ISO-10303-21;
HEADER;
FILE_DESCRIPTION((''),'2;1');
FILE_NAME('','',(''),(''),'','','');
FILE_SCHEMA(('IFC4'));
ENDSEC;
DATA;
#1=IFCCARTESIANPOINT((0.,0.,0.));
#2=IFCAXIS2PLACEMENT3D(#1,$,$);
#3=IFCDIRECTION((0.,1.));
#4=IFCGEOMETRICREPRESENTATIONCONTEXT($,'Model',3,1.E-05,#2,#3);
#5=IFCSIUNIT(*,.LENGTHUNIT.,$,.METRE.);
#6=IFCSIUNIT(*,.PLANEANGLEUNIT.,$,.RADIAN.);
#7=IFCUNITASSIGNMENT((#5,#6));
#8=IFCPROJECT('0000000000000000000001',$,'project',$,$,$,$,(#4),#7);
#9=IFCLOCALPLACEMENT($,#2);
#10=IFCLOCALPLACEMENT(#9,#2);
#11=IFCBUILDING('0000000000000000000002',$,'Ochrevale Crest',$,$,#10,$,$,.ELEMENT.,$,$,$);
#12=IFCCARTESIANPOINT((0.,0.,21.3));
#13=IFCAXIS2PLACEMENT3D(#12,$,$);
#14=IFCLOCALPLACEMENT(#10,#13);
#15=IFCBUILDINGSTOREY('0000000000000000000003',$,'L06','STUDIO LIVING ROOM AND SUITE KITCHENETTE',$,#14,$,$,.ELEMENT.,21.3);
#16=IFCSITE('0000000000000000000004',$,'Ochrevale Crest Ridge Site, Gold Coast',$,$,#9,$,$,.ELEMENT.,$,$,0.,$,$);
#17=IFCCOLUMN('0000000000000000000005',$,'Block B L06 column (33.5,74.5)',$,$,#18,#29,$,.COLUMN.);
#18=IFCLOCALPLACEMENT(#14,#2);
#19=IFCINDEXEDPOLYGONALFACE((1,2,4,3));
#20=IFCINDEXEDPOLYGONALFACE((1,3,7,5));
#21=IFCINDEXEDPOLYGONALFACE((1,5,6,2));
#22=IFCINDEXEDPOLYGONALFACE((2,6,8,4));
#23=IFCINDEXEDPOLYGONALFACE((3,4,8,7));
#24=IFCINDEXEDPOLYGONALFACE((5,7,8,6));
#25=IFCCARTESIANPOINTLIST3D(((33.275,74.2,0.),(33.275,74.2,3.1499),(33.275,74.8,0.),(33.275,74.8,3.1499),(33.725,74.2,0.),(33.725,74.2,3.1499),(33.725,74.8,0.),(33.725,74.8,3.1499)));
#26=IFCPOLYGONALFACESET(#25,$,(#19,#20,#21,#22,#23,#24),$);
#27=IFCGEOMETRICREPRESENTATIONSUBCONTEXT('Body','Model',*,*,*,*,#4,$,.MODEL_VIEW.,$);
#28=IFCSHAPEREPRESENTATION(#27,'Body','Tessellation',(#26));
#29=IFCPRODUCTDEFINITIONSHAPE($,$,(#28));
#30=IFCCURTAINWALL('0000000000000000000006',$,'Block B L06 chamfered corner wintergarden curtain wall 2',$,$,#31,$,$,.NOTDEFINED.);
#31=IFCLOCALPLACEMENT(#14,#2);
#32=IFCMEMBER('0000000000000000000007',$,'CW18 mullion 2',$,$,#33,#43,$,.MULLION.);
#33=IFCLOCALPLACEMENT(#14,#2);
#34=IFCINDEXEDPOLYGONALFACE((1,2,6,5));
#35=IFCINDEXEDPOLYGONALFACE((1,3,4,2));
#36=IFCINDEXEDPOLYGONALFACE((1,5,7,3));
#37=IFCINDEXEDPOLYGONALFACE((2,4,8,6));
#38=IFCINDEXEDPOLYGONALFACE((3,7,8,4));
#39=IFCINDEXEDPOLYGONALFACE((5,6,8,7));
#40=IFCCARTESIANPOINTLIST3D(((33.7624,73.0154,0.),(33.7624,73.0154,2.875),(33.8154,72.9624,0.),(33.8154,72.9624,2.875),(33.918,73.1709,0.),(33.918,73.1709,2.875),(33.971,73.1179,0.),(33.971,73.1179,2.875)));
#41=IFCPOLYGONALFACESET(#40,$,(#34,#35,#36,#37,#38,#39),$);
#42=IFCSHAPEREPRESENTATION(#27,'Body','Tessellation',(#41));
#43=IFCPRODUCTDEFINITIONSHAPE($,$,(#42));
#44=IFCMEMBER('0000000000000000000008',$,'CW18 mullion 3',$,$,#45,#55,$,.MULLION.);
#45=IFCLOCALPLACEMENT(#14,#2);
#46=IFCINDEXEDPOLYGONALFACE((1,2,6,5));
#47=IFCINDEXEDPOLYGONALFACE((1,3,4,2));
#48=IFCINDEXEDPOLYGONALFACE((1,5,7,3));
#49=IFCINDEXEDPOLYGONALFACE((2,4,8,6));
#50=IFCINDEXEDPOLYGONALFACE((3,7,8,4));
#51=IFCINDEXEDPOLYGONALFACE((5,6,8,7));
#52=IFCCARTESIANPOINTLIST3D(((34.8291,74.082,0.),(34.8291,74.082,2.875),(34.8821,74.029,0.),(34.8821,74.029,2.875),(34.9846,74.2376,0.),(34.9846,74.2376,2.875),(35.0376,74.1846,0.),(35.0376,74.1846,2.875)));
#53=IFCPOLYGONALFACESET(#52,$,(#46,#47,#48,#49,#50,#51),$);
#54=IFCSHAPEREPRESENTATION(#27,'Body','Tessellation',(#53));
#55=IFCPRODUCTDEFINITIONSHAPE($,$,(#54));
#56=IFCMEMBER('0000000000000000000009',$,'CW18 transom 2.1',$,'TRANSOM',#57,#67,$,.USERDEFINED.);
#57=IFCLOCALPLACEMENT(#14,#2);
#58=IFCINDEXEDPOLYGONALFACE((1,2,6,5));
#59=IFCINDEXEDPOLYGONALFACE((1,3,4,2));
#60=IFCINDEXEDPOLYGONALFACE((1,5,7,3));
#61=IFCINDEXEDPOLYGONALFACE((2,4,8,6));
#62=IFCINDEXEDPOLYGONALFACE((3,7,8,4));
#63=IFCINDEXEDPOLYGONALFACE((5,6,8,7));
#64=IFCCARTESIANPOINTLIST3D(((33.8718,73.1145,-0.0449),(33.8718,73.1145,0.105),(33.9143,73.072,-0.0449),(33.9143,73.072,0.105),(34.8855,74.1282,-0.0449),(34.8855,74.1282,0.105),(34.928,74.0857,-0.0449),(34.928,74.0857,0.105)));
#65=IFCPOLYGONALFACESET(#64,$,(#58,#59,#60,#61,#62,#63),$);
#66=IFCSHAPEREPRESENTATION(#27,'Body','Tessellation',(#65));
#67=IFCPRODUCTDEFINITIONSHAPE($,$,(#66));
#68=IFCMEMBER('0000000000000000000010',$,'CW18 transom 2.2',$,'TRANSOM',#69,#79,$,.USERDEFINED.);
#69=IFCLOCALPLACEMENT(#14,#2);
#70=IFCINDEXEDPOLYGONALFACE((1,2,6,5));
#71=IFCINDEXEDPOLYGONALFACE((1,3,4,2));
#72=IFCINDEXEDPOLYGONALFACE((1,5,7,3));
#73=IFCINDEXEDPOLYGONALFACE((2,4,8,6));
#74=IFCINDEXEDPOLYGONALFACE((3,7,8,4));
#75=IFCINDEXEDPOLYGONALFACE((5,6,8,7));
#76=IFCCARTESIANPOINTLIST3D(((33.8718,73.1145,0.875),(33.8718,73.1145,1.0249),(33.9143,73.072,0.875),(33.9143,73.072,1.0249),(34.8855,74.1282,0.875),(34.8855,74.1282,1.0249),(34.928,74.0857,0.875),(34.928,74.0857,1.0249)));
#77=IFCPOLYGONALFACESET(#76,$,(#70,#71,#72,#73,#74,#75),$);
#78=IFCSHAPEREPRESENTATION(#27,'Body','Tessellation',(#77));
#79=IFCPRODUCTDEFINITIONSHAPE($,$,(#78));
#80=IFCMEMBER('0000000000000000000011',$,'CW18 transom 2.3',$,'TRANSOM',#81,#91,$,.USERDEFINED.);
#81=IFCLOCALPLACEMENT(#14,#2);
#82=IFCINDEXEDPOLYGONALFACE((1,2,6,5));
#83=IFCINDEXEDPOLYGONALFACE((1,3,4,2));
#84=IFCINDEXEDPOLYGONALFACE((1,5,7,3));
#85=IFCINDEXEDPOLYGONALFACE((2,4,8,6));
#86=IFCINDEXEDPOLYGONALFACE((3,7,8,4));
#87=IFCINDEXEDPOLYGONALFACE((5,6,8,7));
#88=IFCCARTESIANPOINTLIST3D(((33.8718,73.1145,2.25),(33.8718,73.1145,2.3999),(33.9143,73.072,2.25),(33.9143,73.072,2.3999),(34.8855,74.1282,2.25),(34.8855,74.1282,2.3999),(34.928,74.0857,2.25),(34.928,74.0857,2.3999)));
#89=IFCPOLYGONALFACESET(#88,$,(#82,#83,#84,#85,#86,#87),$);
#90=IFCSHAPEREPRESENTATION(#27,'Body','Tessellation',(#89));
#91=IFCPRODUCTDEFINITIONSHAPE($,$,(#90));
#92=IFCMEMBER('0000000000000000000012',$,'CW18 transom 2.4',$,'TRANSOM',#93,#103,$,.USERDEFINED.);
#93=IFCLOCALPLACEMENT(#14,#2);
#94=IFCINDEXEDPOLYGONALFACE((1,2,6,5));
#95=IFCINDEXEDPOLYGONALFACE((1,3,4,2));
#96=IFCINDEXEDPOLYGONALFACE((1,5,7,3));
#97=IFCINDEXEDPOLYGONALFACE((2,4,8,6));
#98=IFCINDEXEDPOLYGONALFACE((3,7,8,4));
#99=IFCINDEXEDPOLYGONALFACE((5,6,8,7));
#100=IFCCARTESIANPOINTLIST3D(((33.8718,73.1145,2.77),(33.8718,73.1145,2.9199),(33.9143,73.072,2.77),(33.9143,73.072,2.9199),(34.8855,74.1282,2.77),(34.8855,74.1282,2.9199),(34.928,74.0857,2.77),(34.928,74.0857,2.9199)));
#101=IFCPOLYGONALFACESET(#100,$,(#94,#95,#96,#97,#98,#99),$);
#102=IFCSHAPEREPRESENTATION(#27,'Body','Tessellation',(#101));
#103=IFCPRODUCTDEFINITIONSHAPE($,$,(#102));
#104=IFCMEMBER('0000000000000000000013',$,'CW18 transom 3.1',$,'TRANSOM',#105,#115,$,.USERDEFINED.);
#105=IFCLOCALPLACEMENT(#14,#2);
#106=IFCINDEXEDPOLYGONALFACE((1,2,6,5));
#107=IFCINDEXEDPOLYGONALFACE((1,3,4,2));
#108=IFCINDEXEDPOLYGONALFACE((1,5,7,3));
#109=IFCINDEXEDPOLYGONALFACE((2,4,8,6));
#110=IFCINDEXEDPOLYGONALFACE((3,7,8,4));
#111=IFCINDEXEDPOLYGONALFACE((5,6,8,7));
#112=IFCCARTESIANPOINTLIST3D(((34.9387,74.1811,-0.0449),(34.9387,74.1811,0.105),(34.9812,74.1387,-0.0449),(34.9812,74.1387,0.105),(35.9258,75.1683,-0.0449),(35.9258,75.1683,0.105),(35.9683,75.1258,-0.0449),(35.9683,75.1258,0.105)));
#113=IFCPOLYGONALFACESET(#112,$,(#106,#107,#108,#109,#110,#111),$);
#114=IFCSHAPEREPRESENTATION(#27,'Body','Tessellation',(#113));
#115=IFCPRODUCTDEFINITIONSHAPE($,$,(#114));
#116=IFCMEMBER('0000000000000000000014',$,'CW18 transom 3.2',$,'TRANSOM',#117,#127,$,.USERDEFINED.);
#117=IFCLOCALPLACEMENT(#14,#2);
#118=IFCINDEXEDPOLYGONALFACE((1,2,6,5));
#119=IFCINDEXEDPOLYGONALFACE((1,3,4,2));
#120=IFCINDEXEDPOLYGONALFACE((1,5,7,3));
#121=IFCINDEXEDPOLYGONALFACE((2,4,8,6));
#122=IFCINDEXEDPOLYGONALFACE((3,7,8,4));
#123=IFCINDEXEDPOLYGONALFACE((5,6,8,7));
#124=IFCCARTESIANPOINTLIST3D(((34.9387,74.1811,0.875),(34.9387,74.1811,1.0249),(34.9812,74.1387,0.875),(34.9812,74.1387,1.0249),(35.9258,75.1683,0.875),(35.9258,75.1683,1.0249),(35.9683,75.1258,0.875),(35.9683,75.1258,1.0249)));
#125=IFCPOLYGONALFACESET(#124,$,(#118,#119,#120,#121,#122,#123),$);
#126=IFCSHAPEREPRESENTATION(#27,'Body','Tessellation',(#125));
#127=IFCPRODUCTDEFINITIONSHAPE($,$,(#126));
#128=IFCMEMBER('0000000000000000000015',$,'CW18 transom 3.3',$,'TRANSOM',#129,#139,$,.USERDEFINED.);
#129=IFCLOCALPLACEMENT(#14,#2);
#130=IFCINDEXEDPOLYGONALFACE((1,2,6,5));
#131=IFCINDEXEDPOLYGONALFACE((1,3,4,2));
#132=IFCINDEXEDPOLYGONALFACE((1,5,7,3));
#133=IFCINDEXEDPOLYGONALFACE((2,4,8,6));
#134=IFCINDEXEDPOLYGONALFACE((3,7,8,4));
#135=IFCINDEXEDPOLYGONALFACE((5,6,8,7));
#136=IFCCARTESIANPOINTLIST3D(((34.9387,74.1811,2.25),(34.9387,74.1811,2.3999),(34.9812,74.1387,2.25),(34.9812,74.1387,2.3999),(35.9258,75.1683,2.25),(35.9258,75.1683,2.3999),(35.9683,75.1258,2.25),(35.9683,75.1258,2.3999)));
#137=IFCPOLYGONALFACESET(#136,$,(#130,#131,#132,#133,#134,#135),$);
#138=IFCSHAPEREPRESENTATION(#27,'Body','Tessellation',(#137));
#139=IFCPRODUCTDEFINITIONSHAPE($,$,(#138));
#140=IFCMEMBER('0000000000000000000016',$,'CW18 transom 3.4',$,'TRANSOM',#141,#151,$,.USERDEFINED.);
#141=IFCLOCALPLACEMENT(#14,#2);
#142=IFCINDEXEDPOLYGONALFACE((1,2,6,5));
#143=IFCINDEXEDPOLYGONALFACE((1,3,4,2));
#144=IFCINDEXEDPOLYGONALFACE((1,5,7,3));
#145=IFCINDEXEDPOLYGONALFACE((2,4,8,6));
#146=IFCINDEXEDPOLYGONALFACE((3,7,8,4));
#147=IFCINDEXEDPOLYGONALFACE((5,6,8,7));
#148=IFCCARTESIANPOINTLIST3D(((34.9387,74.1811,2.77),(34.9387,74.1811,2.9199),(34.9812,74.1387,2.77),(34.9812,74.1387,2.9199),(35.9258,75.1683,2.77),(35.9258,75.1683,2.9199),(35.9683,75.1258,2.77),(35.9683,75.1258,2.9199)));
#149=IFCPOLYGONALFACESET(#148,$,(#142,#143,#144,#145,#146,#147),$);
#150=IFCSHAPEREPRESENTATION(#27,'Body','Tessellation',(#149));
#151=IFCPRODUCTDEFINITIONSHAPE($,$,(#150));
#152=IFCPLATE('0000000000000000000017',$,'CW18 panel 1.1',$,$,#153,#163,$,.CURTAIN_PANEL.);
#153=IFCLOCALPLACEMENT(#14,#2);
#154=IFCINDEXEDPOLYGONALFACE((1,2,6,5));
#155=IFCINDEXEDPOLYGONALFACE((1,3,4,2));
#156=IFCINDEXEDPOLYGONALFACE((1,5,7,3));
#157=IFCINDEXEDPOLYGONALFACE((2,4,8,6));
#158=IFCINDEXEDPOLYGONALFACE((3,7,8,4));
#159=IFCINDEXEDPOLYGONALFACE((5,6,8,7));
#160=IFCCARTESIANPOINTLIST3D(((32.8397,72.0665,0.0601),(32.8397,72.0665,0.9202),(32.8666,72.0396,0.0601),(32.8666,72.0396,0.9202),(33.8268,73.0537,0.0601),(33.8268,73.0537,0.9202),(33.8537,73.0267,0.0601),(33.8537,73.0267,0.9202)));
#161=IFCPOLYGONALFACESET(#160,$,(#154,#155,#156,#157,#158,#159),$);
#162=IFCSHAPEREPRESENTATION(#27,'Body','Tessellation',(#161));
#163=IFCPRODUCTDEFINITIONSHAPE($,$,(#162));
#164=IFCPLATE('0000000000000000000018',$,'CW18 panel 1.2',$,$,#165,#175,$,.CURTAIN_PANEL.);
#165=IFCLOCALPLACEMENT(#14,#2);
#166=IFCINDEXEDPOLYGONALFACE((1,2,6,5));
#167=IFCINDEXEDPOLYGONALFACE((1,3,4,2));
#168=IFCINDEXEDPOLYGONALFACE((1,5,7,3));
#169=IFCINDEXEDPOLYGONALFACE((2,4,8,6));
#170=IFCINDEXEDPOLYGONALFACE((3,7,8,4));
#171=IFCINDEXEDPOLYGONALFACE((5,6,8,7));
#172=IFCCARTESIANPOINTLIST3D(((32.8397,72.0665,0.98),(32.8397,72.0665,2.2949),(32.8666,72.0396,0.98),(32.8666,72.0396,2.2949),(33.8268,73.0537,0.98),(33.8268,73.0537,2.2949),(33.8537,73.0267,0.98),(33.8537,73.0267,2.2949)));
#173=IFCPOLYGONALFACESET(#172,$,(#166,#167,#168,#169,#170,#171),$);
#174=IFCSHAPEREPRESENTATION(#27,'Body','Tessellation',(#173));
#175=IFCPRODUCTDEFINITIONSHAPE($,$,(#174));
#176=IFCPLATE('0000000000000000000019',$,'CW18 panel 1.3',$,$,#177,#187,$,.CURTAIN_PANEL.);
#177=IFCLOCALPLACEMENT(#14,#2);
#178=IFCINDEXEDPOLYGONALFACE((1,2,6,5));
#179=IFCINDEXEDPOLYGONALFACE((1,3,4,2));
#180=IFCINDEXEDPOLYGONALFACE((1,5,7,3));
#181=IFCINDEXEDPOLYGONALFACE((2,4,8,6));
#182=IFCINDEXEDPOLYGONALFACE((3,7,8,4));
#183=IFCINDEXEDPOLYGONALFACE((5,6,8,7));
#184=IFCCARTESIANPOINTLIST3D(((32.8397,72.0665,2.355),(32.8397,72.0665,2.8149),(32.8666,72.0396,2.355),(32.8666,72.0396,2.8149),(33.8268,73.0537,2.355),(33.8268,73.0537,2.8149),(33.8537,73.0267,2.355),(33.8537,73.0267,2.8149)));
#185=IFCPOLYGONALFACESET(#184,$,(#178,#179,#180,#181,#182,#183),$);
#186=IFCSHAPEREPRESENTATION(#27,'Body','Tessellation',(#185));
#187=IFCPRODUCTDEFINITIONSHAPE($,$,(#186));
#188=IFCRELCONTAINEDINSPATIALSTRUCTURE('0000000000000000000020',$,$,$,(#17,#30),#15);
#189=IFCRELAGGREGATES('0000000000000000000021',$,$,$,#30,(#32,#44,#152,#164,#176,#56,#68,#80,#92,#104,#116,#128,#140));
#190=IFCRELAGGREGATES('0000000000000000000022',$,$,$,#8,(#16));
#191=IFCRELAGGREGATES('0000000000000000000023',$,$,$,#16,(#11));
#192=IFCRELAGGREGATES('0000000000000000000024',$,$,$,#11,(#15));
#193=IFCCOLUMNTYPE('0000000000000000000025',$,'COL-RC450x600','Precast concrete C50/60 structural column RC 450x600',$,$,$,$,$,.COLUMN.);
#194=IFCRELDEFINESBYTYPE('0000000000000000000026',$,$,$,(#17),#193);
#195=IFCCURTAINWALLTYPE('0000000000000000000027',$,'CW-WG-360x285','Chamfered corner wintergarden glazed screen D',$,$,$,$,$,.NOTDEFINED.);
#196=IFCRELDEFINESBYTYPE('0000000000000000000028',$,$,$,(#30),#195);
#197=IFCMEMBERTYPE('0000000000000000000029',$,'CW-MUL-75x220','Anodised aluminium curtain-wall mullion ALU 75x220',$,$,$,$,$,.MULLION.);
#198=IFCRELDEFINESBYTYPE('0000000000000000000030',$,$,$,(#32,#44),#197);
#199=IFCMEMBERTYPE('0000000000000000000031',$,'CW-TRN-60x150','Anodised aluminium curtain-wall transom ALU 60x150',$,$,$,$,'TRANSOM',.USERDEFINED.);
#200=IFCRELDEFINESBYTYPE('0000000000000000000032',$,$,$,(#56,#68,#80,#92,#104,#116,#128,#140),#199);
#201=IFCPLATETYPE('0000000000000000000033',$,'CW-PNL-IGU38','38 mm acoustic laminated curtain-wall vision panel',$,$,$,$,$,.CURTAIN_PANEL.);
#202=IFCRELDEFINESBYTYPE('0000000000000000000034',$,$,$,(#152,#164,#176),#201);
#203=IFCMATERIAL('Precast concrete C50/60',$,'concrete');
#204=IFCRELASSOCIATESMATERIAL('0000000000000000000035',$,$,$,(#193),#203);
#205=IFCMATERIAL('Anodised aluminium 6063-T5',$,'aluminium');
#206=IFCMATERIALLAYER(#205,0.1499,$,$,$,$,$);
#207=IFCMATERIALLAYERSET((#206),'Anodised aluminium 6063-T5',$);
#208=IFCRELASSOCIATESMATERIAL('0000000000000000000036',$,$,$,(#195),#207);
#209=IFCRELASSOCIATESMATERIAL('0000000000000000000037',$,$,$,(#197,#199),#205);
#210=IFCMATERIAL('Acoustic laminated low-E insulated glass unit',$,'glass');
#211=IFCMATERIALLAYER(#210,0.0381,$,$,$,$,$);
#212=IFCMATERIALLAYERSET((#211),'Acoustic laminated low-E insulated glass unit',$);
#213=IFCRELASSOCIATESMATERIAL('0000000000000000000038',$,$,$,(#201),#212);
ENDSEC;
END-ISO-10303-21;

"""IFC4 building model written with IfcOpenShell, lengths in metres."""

from ifc_helpers import new_model, si_unit, direction, frame, origin, origin_2d, place, context, subcontext, project, spatial, rectangle, extrude, material, layer, layer_set, material_profile, profile_set, type_object, element, aggregate, save


model = new_model("IFC4")

# Units and contexts
model_context = context("Model", 3, precision=1e-05, world=origin(), true_north=direction((0.0, 1.0)))
body_context = subcontext(model_context, "Body", "Model", "MODEL_VIEW")
ifc_project = project(units=[si_unit("LENGTHUNIT", "METRE"), si_unit("PLANEANGLEUNIT", "RADIAN")], contexts=[model_context])

# Site, building, storey
site_placement = place(None, origin())
site = spatial("IfcSite", under=ifc_project, at=site_placement, Name="Ochrevale Crest Ridge Site, Gold Coast", CompositionType="ELEMENT", RefElevation=0.0)
building_placement = place(site_placement, origin())
building = spatial("IfcBuilding", under=site, at=building_placement, Name="Ochrevale Crest", CompositionType="ELEMENT")
storey_placement = place(building_placement, frame((0.0, 0.0, 21.3)))
storey = spatial("IfcBuildingStorey", under=building, at=storey_placement, Name="L06", Description="STUDIO LIVING ROOM AND SUITE KITCHENETTE", CompositionType="ELEMENT", Elevation=21.3)

# Column
ifc_material_1 = material(Name="Precast concrete C50/60", Category="concrete")
ifc_material_profile_1 = material_profile(ifc_material_1, rectangle(XDim=0.45, YDim=0.6001, at=origin_2d()), Name="RC 450x600")
ifc_profile_set_1 = profile_set([ifc_material_profile_1], Name="Precast concrete C50/60")
column_type = type_object("IfcColumnType", Name="COL-RC450x600", Description="Precast concrete C50/60 structural column RC 450x600", PredefinedType="COLUMN", material=ifc_profile_set_1)
column_placement = place(storey_placement, frame((33.5, 74.5, 0.0), z_axis=(0.0, 0.0, 1.0), x_axis=(1.0, 0.0, 0.0)))
element("IfcColumn", 1, at=column_placement, inside=storey, type_object=column_type, Name="Block B L06 column (33.5,74.5)", PredefinedType="COLUMN", context=body_context, shape_type="SweptSolid", body=[
    extrude(rectangle(XDim=0.45, YDim=0.6001, at=origin_2d()), origin(), (0.0, 0.0, 1.0), 3.1499),
])

# Curtain wall, members, plates
ifc_material_2 = material(Name="Anodised aluminium 6063-T5", Category="aluminium")
ifc_layer_1 = layer(ifc_material_2, 0.1499)
ifc_layer_set_1 = layer_set([ifc_layer_1], Name="Anodised aluminium 6063-T5")
curtain_wall_type = type_object("IfcCurtainWallType", Name="CW-WG-360x285", Description="Chamfered corner wintergarden glazed screen D", PredefinedType="NOTDEFINED", material=ifc_layer_set_1)
curtain_wall_placement = place(storey_placement, origin())
curtain_wall = element("IfcCurtainWall", 2, at=curtain_wall_placement, inside=storey, type_object=curtain_wall_type, Name="Block B L06 chamfered corner wintergarden curtain wall 2", PredefinedType="NOTDEFINED")
ifc_material_profile_2 = material_profile(ifc_material_2, rectangle(XDim=0.075, YDim=0.22, at=origin_2d()), Name="ALU 75x220")
ifc_profile_set_2 = profile_set([ifc_material_profile_2], Name="Anodised aluminium 6063-T5")
member_type_1 = type_object("IfcMemberType", Name="CW-MUL-75x220", Description="Anodised aluminium curtain-wall mullion ALU 75x220", PredefinedType="MULLION", material=ifc_profile_set_2)
member_1_placement = place(storey_placement, frame((33.8667, 73.0667, 0.0), z_axis=(0.0, 0.0, 1.0), x_axis=(-0.707107, 0.707107, 0.0)))
member_1 = element("IfcMember", 3, at=member_1_placement, type_object=member_type_1, Name="CW18 mullion 2", PredefinedType="MULLION", context=body_context, shape_type="SweptSolid", body=[
    extrude(rectangle(XDim=0.075, YDim=0.22, at=origin_2d()), origin(), (0.0, 0.0, 1.0), 2.875),
])
member_2_placement = place(storey_placement, frame((34.9333, 74.1333, 0.0), z_axis=(0.0, 0.0, 1.0), x_axis=(-0.707107, 0.707107, 0.0)))
member_2 = element("IfcMember", 4, at=member_2_placement, type_object=member_type_1, Name="CW18 mullion 3", PredefinedType="MULLION", context=body_context, shape_type="SweptSolid", body=[
    extrude(rectangle(XDim=0.075, YDim=0.22, at=origin_2d()), origin(), (0.0, 0.0, 1.0), 2.875),
])
ifc_material_profile_3 = material_profile(ifc_material_2, rectangle(XDim=0.0601, YDim=0.1499, at=origin_2d()), Name="ALU 60x150")
ifc_profile_set_3 = profile_set([ifc_material_profile_3], Name="Anodised aluminium 6063-T5")
member_type_2 = type_object("IfcMemberType", Name="CW-TRN-60x150", Description="Anodised aluminium curtain-wall transom ALU 60x150", ElementType="TRANSOM", PredefinedType="USERDEFINED", material=ifc_profile_set_3)
member_3_placement = place(storey_placement, frame((33.8931, 73.0933, 0.03), z_axis=(0.707107, 0.707107, 0.0), x_axis=(-0.707107, 0.707107, 0.0)))
member_3 = element("IfcMember", 5, at=member_3_placement, type_object=member_type_2, Name="CW18 transom 2.1", ObjectType="TRANSOM", PredefinedType="USERDEFINED", context=body_context, shape_type="SweptSolid", body=[
    extrude(rectangle(XDim=0.0601, YDim=0.1499, at=origin_2d()), origin(), (0.0, 0.0, 1.0), 1.4336),
])
member_4_placement = place(storey_placement, frame((33.8931, 73.0933, 0.95), z_axis=(0.707107, 0.707107, 0.0), x_axis=(-0.707107, 0.707107, 0.0)))
member_4 = element("IfcMember", 6, at=member_4_placement, type_object=member_type_2, Name="CW18 transom 2.2", ObjectType="TRANSOM", PredefinedType="USERDEFINED", context=body_context, shape_type="SweptSolid", body=[
    extrude(rectangle(XDim=0.0601, YDim=0.1499, at=origin_2d()), origin(), (0.0, 0.0, 1.0), 1.4336),
])
member_5_placement = place(storey_placement, frame((33.8931, 73.0933, 2.325), z_axis=(0.707107, 0.707107, 0.0), x_axis=(-0.707107, 0.707107, 0.0)))
member_5 = element("IfcMember", 7, at=member_5_placement, type_object=member_type_2, Name="CW18 transom 2.3", ObjectType="TRANSOM", PredefinedType="USERDEFINED", context=body_context, shape_type="SweptSolid", body=[
    extrude(rectangle(XDim=0.0601, YDim=0.1499, at=origin_2d()), origin(), (0.0, 0.0, 1.0), 1.4336),
])
member_6_placement = place(storey_placement, frame((33.8931, 73.0933, 2.845), z_axis=(0.707107, 0.707107, 0.0), x_axis=(-0.707107, 0.707107, 0.0)))
member_6 = element("IfcMember", 8, at=member_6_placement, type_object=member_type_2, Name="CW18 transom 2.4", ObjectType="TRANSOM", PredefinedType="USERDEFINED", context=body_context, shape_type="SweptSolid", body=[
    extrude(rectangle(XDim=0.0601, YDim=0.1499, at=origin_2d()), origin(), (0.0, 0.0, 1.0), 1.4336),
])
member_7_placement = place(storey_placement, frame((34.96, 74.1599, 0.03), z_axis=(0.707107, 0.707107, 0.0), x_axis=(-0.707107, 0.707107, 0.0)))
member_7 = element("IfcMember", 9, at=member_7_placement, type_object=member_type_2, Name="CW18 transom 3.1", ObjectType="TRANSOM", PredefinedType="USERDEFINED", context=body_context, shape_type="SweptSolid", body=[
    extrude(rectangle(XDim=0.0601, YDim=0.1499, at=origin_2d()), origin(), (0.0, 0.0, 1.0), 1.396),
])
member_8_placement = place(storey_placement, frame((34.96, 74.1599, 0.95), z_axis=(0.707107, 0.707107, 0.0), x_axis=(-0.707107, 0.707107, 0.0)))
member_8 = element("IfcMember", 10, at=member_8_placement, type_object=member_type_2, Name="CW18 transom 3.2", ObjectType="TRANSOM", PredefinedType="USERDEFINED", context=body_context, shape_type="SweptSolid", body=[
    extrude(rectangle(XDim=0.0601, YDim=0.1499, at=origin_2d()), origin(), (0.0, 0.0, 1.0), 1.396),
])
member_9_placement = place(storey_placement, frame((34.96, 74.1599, 2.325), z_axis=(0.707107, 0.707107, 0.0), x_axis=(-0.707107, 0.707107, 0.0)))
member_9 = element("IfcMember", 11, at=member_9_placement, type_object=member_type_2, Name="CW18 transom 3.3", ObjectType="TRANSOM", PredefinedType="USERDEFINED", context=body_context, shape_type="SweptSolid", body=[
    extrude(rectangle(XDim=0.0601, YDim=0.1499, at=origin_2d()), origin(), (0.0, 0.0, 1.0), 1.396),
])
member_10_placement = place(storey_placement, frame((34.96, 74.1599, 2.845), z_axis=(0.707107, 0.707107, 0.0), x_axis=(-0.707107, 0.707107, 0.0)))
member_10 = element("IfcMember", 12, at=member_10_placement, type_object=member_type_2, Name="CW18 transom 3.4", ObjectType="TRANSOM", PredefinedType="USERDEFINED", context=body_context, shape_type="SweptSolid", body=[
    extrude(rectangle(XDim=0.0601, YDim=0.1499, at=origin_2d()), origin(), (0.0, 0.0, 1.0), 1.396),
])
ifc_material_3 = material(Name="Acoustic laminated low-E insulated glass unit", Category="glass")
ifc_layer_2 = layer(ifc_material_3, 0.0381)
ifc_layer_set_2 = layer_set([ifc_layer_2], Name="Acoustic laminated low-E insulated glass unit")
plate_type = type_object("IfcPlateType", Name="CW-PNL-IGU38", Description="38 mm acoustic laminated curtain-wall vision panel", PredefinedType="CURTAIN_PANEL", material=ifc_layer_set_2)
plate_1_placement = place(storey_placement, frame((33.3467, 72.5466, 0.0601), z_axis=(0.0, 0.0, 1.0), x_axis=(0.707107, 0.707107, 0.0)))
plate_1 = element("IfcPlate", 13, at=plate_1_placement, type_object=plate_type, Name="CW18 panel 1.1", PredefinedType="CURTAIN_PANEL", context=body_context, shape_type="SweptSolid", body=[
    extrude(rectangle(XDim=1.396, YDim=0.0381, at=origin_2d()), origin(), (0.0, 0.0, 1.0), 0.8601),
])
plate_2_placement = place(storey_placement, frame((33.3467, 72.5466, 0.98), z_axis=(0.0, 0.0, 1.0), x_axis=(0.707107, 0.707107, 0.0)))
plate_2 = element("IfcPlate", 14, at=plate_2_placement, type_object=plate_type, Name="CW18 panel 1.2", PredefinedType="CURTAIN_PANEL", context=body_context, shape_type="SweptSolid", body=[
    extrude(rectangle(XDim=1.396, YDim=0.0381, at=origin_2d()), origin(), (0.0, 0.0, 1.0), 1.3149),
])
plate_3_placement = place(storey_placement, frame((33.3467, 72.5466, 2.355), z_axis=(0.0, 0.0, 1.0), x_axis=(0.707107, 0.707107, 0.0)))
plate_3 = element("IfcPlate", 15, at=plate_3_placement, type_object=plate_type, Name="CW18 panel 1.3", PredefinedType="CURTAIN_PANEL", context=body_context, shape_type="SweptSolid", body=[
    extrude(rectangle(XDim=1.396, YDim=0.0381, at=origin_2d()), origin(), (0.0, 0.0, 1.0), 0.46),
])
aggregate(curtain_wall, [member_1, member_2, plate_1, plate_2, plate_3, member_3, member_4, member_5, member_6, member_7, member_8, member_9, member_10])

save(model, "model.ifc")
